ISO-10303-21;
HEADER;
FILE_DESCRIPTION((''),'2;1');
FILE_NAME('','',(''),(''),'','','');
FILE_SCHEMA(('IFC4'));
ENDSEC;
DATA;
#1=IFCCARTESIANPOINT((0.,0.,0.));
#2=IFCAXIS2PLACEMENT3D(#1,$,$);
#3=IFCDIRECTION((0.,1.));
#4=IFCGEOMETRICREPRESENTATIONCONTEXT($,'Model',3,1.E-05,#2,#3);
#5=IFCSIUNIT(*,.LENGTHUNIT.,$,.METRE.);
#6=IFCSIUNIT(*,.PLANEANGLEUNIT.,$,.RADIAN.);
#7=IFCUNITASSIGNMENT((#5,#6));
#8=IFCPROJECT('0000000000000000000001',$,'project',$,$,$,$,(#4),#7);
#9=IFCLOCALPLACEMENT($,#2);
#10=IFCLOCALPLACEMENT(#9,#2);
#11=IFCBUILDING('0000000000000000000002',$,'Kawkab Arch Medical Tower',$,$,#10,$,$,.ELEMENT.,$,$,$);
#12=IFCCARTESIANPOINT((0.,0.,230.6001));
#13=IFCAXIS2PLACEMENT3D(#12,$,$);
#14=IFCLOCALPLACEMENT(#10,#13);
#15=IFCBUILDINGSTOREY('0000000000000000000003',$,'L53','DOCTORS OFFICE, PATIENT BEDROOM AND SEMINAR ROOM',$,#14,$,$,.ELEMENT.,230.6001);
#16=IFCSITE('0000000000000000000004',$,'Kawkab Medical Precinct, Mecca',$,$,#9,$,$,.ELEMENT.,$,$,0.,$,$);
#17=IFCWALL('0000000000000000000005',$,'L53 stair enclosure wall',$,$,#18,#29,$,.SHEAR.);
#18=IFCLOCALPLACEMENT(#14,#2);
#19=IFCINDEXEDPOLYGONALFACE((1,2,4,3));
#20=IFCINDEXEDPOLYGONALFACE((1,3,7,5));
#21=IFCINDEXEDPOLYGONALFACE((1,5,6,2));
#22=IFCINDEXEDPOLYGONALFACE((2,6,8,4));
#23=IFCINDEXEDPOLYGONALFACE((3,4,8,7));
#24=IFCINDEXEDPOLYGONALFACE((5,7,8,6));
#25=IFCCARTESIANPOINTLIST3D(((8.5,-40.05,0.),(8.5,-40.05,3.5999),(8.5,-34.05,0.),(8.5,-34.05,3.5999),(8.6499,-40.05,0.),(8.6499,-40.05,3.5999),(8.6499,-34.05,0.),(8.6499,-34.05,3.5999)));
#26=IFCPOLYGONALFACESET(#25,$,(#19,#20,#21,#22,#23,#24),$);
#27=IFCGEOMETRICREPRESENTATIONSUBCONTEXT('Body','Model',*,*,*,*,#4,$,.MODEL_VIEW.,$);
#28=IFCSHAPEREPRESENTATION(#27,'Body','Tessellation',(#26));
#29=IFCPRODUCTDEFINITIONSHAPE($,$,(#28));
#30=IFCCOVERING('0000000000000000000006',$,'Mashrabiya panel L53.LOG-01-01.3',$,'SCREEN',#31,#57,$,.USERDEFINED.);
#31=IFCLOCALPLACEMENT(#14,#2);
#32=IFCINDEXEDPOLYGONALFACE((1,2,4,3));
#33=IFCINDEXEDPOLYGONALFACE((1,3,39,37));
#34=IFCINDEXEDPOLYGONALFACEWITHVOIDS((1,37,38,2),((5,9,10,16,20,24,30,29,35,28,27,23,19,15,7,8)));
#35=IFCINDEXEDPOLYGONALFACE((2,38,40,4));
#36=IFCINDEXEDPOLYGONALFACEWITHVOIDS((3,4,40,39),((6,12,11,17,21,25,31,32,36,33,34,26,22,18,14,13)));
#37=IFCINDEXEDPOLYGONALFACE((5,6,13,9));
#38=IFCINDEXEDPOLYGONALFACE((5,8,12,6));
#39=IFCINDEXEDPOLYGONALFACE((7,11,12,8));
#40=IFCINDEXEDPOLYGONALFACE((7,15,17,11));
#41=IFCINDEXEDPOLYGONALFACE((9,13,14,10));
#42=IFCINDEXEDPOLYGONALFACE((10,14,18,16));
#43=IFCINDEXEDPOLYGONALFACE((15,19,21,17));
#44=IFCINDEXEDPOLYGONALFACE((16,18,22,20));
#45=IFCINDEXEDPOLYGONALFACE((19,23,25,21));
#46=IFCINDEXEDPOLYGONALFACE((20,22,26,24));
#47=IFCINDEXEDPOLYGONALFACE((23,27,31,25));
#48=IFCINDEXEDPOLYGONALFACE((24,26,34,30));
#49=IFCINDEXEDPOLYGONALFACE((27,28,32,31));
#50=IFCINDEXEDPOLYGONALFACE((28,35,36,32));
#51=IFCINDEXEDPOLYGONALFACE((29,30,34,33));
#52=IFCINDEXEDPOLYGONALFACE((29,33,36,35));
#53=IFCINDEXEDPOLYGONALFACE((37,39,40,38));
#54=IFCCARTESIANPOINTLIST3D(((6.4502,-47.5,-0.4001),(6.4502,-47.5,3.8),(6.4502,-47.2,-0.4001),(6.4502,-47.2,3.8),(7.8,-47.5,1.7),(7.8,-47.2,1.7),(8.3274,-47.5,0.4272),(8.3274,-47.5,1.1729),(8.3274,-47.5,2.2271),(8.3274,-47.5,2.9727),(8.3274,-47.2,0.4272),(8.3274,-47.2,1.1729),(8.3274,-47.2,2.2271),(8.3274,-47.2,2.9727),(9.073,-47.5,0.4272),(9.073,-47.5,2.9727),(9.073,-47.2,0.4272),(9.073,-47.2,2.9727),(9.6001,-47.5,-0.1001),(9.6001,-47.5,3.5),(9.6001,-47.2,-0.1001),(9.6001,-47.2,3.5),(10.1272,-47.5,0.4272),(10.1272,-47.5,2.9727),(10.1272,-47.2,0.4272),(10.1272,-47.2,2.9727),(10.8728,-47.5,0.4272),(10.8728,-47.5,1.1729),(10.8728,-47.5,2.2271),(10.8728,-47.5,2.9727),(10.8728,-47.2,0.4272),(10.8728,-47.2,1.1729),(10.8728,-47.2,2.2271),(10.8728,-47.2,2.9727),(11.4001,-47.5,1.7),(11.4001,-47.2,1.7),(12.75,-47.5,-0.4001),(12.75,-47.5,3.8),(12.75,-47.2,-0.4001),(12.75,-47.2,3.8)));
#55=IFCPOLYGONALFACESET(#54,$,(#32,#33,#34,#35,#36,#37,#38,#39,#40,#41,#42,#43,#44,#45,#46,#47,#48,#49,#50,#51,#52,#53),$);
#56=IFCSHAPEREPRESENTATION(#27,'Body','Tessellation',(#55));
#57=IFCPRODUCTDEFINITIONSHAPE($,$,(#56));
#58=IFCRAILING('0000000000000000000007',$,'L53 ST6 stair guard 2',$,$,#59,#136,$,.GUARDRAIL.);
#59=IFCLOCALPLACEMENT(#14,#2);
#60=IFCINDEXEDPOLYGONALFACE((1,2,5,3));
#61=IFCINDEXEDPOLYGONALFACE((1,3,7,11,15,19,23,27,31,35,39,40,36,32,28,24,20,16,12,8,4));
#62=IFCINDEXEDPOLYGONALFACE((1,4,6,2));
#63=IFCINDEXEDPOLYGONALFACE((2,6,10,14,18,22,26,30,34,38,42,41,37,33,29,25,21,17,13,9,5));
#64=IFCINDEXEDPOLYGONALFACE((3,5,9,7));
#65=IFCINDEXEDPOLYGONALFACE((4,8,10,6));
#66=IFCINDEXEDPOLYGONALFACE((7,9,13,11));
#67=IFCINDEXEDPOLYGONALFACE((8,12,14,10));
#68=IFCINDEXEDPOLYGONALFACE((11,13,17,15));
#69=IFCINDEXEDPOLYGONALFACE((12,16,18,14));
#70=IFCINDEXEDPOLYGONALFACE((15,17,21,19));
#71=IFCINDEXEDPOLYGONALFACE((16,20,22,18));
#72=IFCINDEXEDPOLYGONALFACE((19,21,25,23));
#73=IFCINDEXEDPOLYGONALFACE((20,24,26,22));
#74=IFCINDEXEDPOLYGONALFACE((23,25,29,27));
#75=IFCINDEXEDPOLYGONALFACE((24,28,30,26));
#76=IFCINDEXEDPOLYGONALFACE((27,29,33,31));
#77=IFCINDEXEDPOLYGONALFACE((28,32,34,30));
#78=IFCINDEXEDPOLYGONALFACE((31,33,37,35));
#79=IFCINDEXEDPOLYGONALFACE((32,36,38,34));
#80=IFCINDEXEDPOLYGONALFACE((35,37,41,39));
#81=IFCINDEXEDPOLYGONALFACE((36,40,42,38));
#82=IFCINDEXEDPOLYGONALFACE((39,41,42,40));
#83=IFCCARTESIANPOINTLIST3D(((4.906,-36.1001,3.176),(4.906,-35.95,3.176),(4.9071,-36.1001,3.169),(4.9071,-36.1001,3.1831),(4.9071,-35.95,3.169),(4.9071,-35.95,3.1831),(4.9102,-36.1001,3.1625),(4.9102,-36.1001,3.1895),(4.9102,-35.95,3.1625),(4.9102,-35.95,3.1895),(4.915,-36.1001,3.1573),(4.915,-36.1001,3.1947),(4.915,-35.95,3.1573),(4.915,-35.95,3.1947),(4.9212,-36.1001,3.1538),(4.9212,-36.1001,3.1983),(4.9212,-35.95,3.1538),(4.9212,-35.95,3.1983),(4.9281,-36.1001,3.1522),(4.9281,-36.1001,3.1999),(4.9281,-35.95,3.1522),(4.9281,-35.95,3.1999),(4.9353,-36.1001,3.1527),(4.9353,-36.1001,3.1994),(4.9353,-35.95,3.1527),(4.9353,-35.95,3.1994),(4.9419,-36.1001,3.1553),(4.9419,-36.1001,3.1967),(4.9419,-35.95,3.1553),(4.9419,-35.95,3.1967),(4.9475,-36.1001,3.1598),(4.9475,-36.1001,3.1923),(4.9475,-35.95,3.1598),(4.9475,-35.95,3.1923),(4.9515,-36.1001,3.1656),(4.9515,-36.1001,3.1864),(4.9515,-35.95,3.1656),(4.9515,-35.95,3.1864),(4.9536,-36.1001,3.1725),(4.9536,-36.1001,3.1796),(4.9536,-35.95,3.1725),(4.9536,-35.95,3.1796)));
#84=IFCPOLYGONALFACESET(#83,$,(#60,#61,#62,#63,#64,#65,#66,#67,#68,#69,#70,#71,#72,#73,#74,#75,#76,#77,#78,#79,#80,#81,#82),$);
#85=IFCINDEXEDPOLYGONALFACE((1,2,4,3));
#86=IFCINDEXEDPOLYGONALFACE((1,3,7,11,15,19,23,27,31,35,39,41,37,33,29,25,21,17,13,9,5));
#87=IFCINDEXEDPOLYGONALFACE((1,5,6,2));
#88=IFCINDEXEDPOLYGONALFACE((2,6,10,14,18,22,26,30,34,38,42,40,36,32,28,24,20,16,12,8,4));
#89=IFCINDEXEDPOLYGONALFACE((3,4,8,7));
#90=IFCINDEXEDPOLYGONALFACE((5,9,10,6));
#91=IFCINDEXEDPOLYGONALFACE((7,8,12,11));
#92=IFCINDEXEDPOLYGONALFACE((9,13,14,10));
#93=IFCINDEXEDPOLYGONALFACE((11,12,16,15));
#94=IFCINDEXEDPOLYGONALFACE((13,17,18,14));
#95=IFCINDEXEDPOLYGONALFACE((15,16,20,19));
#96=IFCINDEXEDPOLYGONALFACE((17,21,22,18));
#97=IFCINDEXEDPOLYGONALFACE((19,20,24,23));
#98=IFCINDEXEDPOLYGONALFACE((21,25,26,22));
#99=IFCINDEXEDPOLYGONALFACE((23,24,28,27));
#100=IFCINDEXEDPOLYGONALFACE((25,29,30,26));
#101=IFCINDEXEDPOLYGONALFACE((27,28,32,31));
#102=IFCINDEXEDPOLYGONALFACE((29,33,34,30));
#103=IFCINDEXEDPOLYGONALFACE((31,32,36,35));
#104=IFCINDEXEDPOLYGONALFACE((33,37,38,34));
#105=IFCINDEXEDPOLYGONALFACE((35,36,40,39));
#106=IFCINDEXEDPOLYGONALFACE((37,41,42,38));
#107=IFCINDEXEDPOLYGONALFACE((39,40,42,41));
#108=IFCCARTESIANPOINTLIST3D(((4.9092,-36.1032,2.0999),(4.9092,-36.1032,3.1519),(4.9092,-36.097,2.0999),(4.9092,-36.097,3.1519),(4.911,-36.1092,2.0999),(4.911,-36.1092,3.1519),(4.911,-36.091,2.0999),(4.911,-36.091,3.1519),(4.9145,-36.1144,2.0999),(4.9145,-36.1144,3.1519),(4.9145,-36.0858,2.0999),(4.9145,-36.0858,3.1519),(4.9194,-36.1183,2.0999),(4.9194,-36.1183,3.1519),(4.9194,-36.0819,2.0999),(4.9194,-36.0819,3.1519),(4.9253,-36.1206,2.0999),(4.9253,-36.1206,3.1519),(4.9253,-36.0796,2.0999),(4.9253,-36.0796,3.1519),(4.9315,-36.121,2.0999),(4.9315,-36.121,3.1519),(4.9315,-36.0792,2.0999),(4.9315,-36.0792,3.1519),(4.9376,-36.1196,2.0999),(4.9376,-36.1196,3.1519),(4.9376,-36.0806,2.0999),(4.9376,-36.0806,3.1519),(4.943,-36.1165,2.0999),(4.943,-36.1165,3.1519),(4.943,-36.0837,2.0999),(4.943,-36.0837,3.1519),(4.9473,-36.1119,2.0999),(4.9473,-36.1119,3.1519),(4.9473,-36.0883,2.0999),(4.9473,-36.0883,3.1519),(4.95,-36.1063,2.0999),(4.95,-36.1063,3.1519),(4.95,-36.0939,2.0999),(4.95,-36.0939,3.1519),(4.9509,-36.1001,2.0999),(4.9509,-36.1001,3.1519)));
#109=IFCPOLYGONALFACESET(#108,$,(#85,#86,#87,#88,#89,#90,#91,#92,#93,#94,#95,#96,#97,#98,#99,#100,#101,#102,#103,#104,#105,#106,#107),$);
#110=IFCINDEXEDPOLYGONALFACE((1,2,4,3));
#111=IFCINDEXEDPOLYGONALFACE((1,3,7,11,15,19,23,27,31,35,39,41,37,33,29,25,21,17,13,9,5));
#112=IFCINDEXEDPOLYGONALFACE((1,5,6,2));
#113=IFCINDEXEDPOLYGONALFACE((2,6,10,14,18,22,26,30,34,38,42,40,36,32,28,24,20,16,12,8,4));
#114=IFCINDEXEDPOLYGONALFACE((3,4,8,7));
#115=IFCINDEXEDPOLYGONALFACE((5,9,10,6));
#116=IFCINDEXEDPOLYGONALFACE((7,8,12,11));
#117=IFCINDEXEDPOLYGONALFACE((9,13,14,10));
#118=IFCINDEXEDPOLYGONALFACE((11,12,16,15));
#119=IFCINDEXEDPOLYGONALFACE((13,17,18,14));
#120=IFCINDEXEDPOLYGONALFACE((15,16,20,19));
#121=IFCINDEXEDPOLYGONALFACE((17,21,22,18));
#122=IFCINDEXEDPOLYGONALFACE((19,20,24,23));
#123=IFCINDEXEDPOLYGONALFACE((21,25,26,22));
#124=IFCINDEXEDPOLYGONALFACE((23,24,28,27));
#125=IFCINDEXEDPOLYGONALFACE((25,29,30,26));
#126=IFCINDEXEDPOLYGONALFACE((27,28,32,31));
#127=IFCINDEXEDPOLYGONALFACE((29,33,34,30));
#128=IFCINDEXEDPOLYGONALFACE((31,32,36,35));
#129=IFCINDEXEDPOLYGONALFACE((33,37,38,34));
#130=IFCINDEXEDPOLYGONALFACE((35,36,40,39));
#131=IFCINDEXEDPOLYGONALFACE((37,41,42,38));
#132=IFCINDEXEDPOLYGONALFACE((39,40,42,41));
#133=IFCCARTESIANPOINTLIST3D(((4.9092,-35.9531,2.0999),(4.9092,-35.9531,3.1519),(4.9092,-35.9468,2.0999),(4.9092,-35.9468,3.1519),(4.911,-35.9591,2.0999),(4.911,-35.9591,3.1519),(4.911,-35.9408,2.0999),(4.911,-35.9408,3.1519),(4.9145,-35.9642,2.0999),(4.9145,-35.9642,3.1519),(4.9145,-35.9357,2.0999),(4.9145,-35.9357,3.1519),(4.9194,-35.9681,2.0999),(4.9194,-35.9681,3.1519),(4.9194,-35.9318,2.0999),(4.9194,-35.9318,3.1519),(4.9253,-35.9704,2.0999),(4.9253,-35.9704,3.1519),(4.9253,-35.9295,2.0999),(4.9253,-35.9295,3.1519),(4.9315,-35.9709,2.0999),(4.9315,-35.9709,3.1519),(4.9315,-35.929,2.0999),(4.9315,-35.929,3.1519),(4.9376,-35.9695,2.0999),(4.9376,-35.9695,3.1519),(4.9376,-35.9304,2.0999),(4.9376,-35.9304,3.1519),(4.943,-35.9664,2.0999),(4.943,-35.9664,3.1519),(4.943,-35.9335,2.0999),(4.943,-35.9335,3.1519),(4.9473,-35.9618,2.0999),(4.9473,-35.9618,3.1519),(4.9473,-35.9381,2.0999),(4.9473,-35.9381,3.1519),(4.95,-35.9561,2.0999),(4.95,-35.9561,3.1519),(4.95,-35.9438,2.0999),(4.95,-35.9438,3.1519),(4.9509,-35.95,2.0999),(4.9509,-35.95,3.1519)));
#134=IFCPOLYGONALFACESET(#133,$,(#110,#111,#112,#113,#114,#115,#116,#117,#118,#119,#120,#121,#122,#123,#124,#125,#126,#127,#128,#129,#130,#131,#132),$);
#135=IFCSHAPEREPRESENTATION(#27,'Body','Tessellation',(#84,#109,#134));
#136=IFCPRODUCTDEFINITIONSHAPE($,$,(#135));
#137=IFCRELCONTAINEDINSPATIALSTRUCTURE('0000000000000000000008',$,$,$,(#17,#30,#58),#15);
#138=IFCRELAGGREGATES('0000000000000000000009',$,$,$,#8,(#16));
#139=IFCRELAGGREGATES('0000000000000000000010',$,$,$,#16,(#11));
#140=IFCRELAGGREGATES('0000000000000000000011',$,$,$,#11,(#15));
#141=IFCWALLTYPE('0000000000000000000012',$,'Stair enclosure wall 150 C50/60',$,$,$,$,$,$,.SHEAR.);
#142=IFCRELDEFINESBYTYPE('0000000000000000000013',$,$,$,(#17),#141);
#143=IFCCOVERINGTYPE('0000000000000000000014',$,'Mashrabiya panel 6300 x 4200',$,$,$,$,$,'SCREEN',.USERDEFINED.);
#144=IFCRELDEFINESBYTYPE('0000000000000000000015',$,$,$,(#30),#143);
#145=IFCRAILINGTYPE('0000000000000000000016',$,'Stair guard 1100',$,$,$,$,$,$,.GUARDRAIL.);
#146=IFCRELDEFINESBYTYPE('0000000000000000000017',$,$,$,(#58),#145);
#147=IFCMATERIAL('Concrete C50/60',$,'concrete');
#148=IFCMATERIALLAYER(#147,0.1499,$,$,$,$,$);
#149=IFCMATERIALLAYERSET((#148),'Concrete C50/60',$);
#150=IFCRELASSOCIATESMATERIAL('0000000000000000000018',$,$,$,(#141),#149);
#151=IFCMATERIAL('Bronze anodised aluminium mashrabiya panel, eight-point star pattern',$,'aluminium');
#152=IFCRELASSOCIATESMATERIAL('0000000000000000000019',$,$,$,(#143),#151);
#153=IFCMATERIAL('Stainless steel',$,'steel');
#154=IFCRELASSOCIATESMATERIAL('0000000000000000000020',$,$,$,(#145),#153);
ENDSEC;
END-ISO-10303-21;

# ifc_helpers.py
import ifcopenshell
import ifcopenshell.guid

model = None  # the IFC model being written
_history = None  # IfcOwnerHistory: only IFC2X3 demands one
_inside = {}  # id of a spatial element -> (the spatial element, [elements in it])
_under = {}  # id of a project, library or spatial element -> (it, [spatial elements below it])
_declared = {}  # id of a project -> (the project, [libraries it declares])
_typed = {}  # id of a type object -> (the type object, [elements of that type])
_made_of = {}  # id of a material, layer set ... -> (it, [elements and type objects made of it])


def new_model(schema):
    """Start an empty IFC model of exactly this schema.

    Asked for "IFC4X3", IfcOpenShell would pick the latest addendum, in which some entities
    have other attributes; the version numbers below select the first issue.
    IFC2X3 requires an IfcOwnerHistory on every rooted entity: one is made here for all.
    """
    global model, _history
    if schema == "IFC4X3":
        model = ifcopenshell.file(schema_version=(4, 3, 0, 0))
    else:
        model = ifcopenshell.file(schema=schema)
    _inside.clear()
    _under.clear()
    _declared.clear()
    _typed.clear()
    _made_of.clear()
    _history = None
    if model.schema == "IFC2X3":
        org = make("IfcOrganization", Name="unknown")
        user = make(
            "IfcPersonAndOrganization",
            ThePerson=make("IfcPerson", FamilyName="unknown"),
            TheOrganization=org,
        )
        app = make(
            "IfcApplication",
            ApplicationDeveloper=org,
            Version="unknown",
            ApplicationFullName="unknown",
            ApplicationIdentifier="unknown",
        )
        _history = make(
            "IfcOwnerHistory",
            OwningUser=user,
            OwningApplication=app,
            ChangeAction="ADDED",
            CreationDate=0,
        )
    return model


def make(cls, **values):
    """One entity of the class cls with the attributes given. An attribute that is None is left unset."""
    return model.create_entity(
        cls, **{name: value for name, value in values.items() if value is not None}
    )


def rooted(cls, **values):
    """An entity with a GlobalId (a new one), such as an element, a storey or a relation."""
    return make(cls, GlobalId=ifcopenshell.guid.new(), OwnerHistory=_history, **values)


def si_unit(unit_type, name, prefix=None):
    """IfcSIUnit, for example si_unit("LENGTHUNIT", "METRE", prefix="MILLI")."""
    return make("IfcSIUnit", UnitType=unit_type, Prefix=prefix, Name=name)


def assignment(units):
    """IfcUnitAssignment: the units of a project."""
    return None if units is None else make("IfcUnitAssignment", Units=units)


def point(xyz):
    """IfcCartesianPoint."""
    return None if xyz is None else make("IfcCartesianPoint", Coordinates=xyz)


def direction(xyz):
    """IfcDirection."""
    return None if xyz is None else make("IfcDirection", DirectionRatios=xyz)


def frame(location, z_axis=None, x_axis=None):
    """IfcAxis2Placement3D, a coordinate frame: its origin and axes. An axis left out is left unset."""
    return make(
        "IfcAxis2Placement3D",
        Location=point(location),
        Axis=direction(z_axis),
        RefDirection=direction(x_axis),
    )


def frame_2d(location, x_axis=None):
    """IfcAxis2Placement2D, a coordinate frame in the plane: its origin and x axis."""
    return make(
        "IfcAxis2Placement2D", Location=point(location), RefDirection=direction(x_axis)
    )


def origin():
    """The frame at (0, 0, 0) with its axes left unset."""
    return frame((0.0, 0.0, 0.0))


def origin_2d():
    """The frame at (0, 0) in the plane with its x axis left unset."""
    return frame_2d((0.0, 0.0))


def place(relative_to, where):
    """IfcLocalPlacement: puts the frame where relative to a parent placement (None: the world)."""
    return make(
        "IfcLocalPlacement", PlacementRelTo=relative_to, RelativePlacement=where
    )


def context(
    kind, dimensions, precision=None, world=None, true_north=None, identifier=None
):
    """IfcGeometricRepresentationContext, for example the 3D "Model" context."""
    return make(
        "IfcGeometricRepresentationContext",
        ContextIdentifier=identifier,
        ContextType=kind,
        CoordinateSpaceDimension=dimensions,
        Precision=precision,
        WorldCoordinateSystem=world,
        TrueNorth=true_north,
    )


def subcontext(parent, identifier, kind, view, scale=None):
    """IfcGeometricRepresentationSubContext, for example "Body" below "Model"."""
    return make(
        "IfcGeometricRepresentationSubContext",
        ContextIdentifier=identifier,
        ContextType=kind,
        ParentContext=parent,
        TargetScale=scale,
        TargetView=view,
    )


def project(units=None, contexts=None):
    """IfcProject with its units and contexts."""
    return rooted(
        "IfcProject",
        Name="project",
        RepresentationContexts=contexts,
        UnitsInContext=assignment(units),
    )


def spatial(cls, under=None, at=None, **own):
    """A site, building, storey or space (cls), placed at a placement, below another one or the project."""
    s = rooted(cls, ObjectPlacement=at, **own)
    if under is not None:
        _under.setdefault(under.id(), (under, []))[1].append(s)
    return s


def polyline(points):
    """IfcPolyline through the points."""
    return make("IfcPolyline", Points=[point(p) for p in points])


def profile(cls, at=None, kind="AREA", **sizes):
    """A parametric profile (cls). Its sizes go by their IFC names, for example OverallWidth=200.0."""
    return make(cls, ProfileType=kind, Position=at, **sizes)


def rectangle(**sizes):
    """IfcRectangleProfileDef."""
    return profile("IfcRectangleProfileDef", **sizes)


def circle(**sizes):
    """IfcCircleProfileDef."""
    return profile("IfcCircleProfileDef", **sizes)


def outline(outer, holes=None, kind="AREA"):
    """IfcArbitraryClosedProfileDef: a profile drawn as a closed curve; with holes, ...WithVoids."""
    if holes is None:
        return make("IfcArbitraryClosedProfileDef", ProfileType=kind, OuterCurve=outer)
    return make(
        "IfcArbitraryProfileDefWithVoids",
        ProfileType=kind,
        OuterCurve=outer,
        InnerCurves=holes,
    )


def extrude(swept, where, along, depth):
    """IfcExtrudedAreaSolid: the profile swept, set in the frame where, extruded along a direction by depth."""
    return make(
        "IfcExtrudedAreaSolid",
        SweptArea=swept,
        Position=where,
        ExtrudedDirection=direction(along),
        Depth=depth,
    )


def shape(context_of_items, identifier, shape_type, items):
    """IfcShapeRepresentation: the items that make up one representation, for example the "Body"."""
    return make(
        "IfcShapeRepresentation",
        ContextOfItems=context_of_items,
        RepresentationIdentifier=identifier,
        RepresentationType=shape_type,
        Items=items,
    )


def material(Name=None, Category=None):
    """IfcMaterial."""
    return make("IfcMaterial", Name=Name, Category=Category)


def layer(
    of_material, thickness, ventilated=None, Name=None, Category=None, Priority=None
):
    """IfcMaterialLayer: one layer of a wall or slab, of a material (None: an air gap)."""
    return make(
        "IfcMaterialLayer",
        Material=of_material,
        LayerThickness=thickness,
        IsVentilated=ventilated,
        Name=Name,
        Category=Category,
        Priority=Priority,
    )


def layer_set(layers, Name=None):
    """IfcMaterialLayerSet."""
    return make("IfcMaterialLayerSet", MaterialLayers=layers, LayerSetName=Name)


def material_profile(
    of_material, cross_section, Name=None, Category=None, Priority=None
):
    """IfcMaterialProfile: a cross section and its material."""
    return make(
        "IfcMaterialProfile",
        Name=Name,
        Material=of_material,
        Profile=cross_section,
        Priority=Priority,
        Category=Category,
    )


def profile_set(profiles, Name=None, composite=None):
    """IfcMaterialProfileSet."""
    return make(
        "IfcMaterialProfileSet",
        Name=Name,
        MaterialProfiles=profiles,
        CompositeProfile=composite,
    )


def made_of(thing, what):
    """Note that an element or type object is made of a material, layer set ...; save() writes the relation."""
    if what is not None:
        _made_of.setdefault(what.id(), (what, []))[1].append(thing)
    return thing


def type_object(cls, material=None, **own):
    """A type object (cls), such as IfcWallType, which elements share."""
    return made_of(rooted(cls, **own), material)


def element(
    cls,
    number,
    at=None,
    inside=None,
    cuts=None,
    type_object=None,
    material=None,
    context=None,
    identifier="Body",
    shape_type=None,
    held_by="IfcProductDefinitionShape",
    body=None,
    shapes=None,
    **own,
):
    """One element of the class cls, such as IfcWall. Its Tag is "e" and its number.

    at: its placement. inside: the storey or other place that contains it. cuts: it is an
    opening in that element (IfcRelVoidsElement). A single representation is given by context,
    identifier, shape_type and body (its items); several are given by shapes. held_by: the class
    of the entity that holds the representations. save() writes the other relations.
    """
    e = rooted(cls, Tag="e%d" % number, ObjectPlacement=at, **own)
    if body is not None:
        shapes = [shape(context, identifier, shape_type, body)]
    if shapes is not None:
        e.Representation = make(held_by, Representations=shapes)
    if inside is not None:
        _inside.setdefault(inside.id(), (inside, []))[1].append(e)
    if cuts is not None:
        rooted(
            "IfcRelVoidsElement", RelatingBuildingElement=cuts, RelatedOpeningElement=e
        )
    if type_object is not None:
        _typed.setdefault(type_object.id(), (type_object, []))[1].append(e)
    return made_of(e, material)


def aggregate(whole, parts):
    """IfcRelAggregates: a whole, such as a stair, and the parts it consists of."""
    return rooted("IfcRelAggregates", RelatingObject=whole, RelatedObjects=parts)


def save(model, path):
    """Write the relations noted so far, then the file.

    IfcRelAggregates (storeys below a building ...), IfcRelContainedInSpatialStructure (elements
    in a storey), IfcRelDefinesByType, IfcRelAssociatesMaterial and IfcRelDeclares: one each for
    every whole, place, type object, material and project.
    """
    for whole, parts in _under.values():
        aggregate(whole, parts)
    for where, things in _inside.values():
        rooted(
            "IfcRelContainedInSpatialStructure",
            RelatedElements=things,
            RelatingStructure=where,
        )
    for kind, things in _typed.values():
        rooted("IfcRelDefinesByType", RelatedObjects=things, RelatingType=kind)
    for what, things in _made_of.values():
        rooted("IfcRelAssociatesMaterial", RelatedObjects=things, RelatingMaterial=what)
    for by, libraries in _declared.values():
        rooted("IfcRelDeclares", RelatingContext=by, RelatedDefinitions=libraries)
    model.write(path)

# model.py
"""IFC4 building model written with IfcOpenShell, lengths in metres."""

from ifc_helpers import new_model, si_unit, direction, frame, frame_2d, origin, origin_2d, place, context, subcontext, project, spatial, polyline, rectangle, circle, outline, extrude, material, layer, layer_set, material_profile, profile_set, type_object, element, save


model = new_model("IFC4")

# Units and contexts
model_context = context("Model", 3, precision=1e-05, world=origin(), true_north=direction((0.0, 1.0)))
body_context = subcontext(model_context, "Body", "Model", "MODEL_VIEW")
ifc_project = project(units=[si_unit("LENGTHUNIT", "METRE"), si_unit("PLANEANGLEUNIT", "RADIAN")], contexts=[model_context])

# Site, building, storey
site_placement = place(None, origin())
site = spatial("IfcSite", under=ifc_project, at=site_placement, Name="Kawkab Medical Precinct, Mecca", CompositionType="ELEMENT", RefElevation=0.0)
building_placement = place(site_placement, origin())
building = spatial("IfcBuilding", under=site, at=building_placement, Name="Kawkab Arch Medical Tower", CompositionType="ELEMENT")
storey_placement = place(building_placement, frame((0.0, 0.0, 230.6001)))
storey = spatial("IfcBuildingStorey", under=building, at=storey_placement, Name="L53", Description="DOCTORS OFFICE, PATIENT BEDROOM AND SEMINAR ROOM", CompositionType="ELEMENT", Elevation=230.6001)

# Wall
ifc_material_1 = material(Name="Concrete C50/60", Category="concrete")
ifc_layer_1 = layer(ifc_material_1, 0.1499)
ifc_layer_set_1 = layer_set([ifc_layer_1], Name="Concrete C50/60")
wall_type_1 = type_object("IfcWallType", Name="Stair enclosure wall 150 C50/60", PredefinedType="SHEAR", material=ifc_layer_set_1)
wall_1_placement = place(storey_placement, frame((8.575, -40.05, 0.0), z_axis=(0.0, 0.0, 1.0), x_axis=(0.0, 1.0, 0.0)))
element("IfcWall", 1, at=wall_1_placement, inside=storey, type_object=wall_type_1, Name="L53 stair enclosure wall", PredefinedType="SHEAR", context=body_context, shape_type="SweptSolid", body=[
    extrude(rectangle(XDim=6.0, YDim=0.1499, at=frame_2d((3.0, 0.0))), origin(), (0.0, 0.0, 1.0), 3.5999),
])

# Covering
ifc_material_2 = material(Name="Bronze anodised aluminium mashrabiya panel, eight-point star pattern", Category="aluminium")
ifc_material_profile_1 = material_profile(ifc_material_2, outline(polyline([(-3.1499, -2.1001), (3.1499, -2.1001), (3.1499, 2.1001), (-3.1499, 2.1001), (-3.1499, -2.1001)]), holes=[polyline([(1.8, 0.0), (1.2727, 0.5271), (1.2727, 1.2727), (0.5271, 1.2727), (0.0, 1.8), (-0.5271, 1.2727), (-1.2727, 1.2727), (-1.2727, 0.5271), (-1.8, 0.0), (-1.2727, -0.5271), (-1.2727, -1.2727), (-0.5271, -1.2727), (0.0, -1.8), (0.5271, -1.2727), (1.2727, -1.2727), (1.2727, -0.5271), (1.8, 0.0)])]), Name="Mashrabiya panel 6300x4200")
ifc_profile_set_1 = profile_set([ifc_material_profile_1], Name="Bronze anodised aluminium mashrabiya panel, eight-point star pattern")
covering_type = type_object("IfcCoveringType", Name="Mashrabiya panel 6300 x 4200", ElementType="SCREEN", PredefinedType="USERDEFINED", material=ifc_profile_set_1)
covering_placement = place(storey_placement, frame((9.6001, -47.2, 1.7), z_axis=(0.0, -1.0, 0.0), x_axis=(1.0, 0.0, 0.0)))
element("IfcCovering", 2, at=covering_placement, inside=storey, type_object=covering_type, Name="Mashrabiya panel L53.LOG-01-01.3", ObjectType="SCREEN", PredefinedType="USERDEFINED", context=body_context, shape_type="SweptSolid", body=[
    extrude(outline(polyline([(-3.1499, -2.1001), (3.1499, -2.1001), (3.1499, 2.1001), (-3.1499, 2.1001), (-3.1499, -2.1001)]), holes=[polyline([(1.8, 0.0), (1.2727, 0.5271), (1.2727, 1.2727), (0.5271, 1.2727), (0.0, 1.8), (-0.5271, 1.2727), (-1.2727, 1.2727), (-1.2727, 0.5271), (-1.8, 0.0), (-1.2727, -0.5271), (-1.2727, -1.2727), (-0.5271, -1.2727), (0.0, -1.8), (0.5271, -1.2727), (1.2727, -1.2727), (1.2727, -0.5271), (1.8, 0.0)])]), origin(), (0.0, 0.0, 1.0), 0.3),
])

# Railing
ifc_material_3 = material(Name="Stainless steel", Category="steel")
railing_type = type_object("IfcRailingType", Name="Stair guard 1100", PredefinedType="GUARDRAIL", material=ifc_material_3)
railing_placement = place(storey_placement, frame((4.9299, -36.1001, 2.0999)))
element("IfcRailing", 3, at=railing_placement, inside=storey, type_object=railing_type, Name="L53 ST6 stair guard 2", PredefinedType="GUARDRAIL", context=body_context, shape_type="SweptSolid", body=[
    extrude(circle(Radius=0.0239, at=origin_2d()), frame((0.0, 0.0, 1.0762), z_axis=(0.0, 1.0, 0.0), x_axis=(-1.0, 0.0, 0.0)), (0.0, 0.0, 1.0), 0.1501),
    extrude(circle(Radius=0.021, at=origin_2d()), origin(), (0.0, 0.0, 1.0), 1.052),
    extrude(circle(Radius=0.021, at=origin_2d()), frame((0.0, 0.1501, 0.0)), (0.0, 0.0, 1.0), 1.052),
])

save(model, "model.ifc")
